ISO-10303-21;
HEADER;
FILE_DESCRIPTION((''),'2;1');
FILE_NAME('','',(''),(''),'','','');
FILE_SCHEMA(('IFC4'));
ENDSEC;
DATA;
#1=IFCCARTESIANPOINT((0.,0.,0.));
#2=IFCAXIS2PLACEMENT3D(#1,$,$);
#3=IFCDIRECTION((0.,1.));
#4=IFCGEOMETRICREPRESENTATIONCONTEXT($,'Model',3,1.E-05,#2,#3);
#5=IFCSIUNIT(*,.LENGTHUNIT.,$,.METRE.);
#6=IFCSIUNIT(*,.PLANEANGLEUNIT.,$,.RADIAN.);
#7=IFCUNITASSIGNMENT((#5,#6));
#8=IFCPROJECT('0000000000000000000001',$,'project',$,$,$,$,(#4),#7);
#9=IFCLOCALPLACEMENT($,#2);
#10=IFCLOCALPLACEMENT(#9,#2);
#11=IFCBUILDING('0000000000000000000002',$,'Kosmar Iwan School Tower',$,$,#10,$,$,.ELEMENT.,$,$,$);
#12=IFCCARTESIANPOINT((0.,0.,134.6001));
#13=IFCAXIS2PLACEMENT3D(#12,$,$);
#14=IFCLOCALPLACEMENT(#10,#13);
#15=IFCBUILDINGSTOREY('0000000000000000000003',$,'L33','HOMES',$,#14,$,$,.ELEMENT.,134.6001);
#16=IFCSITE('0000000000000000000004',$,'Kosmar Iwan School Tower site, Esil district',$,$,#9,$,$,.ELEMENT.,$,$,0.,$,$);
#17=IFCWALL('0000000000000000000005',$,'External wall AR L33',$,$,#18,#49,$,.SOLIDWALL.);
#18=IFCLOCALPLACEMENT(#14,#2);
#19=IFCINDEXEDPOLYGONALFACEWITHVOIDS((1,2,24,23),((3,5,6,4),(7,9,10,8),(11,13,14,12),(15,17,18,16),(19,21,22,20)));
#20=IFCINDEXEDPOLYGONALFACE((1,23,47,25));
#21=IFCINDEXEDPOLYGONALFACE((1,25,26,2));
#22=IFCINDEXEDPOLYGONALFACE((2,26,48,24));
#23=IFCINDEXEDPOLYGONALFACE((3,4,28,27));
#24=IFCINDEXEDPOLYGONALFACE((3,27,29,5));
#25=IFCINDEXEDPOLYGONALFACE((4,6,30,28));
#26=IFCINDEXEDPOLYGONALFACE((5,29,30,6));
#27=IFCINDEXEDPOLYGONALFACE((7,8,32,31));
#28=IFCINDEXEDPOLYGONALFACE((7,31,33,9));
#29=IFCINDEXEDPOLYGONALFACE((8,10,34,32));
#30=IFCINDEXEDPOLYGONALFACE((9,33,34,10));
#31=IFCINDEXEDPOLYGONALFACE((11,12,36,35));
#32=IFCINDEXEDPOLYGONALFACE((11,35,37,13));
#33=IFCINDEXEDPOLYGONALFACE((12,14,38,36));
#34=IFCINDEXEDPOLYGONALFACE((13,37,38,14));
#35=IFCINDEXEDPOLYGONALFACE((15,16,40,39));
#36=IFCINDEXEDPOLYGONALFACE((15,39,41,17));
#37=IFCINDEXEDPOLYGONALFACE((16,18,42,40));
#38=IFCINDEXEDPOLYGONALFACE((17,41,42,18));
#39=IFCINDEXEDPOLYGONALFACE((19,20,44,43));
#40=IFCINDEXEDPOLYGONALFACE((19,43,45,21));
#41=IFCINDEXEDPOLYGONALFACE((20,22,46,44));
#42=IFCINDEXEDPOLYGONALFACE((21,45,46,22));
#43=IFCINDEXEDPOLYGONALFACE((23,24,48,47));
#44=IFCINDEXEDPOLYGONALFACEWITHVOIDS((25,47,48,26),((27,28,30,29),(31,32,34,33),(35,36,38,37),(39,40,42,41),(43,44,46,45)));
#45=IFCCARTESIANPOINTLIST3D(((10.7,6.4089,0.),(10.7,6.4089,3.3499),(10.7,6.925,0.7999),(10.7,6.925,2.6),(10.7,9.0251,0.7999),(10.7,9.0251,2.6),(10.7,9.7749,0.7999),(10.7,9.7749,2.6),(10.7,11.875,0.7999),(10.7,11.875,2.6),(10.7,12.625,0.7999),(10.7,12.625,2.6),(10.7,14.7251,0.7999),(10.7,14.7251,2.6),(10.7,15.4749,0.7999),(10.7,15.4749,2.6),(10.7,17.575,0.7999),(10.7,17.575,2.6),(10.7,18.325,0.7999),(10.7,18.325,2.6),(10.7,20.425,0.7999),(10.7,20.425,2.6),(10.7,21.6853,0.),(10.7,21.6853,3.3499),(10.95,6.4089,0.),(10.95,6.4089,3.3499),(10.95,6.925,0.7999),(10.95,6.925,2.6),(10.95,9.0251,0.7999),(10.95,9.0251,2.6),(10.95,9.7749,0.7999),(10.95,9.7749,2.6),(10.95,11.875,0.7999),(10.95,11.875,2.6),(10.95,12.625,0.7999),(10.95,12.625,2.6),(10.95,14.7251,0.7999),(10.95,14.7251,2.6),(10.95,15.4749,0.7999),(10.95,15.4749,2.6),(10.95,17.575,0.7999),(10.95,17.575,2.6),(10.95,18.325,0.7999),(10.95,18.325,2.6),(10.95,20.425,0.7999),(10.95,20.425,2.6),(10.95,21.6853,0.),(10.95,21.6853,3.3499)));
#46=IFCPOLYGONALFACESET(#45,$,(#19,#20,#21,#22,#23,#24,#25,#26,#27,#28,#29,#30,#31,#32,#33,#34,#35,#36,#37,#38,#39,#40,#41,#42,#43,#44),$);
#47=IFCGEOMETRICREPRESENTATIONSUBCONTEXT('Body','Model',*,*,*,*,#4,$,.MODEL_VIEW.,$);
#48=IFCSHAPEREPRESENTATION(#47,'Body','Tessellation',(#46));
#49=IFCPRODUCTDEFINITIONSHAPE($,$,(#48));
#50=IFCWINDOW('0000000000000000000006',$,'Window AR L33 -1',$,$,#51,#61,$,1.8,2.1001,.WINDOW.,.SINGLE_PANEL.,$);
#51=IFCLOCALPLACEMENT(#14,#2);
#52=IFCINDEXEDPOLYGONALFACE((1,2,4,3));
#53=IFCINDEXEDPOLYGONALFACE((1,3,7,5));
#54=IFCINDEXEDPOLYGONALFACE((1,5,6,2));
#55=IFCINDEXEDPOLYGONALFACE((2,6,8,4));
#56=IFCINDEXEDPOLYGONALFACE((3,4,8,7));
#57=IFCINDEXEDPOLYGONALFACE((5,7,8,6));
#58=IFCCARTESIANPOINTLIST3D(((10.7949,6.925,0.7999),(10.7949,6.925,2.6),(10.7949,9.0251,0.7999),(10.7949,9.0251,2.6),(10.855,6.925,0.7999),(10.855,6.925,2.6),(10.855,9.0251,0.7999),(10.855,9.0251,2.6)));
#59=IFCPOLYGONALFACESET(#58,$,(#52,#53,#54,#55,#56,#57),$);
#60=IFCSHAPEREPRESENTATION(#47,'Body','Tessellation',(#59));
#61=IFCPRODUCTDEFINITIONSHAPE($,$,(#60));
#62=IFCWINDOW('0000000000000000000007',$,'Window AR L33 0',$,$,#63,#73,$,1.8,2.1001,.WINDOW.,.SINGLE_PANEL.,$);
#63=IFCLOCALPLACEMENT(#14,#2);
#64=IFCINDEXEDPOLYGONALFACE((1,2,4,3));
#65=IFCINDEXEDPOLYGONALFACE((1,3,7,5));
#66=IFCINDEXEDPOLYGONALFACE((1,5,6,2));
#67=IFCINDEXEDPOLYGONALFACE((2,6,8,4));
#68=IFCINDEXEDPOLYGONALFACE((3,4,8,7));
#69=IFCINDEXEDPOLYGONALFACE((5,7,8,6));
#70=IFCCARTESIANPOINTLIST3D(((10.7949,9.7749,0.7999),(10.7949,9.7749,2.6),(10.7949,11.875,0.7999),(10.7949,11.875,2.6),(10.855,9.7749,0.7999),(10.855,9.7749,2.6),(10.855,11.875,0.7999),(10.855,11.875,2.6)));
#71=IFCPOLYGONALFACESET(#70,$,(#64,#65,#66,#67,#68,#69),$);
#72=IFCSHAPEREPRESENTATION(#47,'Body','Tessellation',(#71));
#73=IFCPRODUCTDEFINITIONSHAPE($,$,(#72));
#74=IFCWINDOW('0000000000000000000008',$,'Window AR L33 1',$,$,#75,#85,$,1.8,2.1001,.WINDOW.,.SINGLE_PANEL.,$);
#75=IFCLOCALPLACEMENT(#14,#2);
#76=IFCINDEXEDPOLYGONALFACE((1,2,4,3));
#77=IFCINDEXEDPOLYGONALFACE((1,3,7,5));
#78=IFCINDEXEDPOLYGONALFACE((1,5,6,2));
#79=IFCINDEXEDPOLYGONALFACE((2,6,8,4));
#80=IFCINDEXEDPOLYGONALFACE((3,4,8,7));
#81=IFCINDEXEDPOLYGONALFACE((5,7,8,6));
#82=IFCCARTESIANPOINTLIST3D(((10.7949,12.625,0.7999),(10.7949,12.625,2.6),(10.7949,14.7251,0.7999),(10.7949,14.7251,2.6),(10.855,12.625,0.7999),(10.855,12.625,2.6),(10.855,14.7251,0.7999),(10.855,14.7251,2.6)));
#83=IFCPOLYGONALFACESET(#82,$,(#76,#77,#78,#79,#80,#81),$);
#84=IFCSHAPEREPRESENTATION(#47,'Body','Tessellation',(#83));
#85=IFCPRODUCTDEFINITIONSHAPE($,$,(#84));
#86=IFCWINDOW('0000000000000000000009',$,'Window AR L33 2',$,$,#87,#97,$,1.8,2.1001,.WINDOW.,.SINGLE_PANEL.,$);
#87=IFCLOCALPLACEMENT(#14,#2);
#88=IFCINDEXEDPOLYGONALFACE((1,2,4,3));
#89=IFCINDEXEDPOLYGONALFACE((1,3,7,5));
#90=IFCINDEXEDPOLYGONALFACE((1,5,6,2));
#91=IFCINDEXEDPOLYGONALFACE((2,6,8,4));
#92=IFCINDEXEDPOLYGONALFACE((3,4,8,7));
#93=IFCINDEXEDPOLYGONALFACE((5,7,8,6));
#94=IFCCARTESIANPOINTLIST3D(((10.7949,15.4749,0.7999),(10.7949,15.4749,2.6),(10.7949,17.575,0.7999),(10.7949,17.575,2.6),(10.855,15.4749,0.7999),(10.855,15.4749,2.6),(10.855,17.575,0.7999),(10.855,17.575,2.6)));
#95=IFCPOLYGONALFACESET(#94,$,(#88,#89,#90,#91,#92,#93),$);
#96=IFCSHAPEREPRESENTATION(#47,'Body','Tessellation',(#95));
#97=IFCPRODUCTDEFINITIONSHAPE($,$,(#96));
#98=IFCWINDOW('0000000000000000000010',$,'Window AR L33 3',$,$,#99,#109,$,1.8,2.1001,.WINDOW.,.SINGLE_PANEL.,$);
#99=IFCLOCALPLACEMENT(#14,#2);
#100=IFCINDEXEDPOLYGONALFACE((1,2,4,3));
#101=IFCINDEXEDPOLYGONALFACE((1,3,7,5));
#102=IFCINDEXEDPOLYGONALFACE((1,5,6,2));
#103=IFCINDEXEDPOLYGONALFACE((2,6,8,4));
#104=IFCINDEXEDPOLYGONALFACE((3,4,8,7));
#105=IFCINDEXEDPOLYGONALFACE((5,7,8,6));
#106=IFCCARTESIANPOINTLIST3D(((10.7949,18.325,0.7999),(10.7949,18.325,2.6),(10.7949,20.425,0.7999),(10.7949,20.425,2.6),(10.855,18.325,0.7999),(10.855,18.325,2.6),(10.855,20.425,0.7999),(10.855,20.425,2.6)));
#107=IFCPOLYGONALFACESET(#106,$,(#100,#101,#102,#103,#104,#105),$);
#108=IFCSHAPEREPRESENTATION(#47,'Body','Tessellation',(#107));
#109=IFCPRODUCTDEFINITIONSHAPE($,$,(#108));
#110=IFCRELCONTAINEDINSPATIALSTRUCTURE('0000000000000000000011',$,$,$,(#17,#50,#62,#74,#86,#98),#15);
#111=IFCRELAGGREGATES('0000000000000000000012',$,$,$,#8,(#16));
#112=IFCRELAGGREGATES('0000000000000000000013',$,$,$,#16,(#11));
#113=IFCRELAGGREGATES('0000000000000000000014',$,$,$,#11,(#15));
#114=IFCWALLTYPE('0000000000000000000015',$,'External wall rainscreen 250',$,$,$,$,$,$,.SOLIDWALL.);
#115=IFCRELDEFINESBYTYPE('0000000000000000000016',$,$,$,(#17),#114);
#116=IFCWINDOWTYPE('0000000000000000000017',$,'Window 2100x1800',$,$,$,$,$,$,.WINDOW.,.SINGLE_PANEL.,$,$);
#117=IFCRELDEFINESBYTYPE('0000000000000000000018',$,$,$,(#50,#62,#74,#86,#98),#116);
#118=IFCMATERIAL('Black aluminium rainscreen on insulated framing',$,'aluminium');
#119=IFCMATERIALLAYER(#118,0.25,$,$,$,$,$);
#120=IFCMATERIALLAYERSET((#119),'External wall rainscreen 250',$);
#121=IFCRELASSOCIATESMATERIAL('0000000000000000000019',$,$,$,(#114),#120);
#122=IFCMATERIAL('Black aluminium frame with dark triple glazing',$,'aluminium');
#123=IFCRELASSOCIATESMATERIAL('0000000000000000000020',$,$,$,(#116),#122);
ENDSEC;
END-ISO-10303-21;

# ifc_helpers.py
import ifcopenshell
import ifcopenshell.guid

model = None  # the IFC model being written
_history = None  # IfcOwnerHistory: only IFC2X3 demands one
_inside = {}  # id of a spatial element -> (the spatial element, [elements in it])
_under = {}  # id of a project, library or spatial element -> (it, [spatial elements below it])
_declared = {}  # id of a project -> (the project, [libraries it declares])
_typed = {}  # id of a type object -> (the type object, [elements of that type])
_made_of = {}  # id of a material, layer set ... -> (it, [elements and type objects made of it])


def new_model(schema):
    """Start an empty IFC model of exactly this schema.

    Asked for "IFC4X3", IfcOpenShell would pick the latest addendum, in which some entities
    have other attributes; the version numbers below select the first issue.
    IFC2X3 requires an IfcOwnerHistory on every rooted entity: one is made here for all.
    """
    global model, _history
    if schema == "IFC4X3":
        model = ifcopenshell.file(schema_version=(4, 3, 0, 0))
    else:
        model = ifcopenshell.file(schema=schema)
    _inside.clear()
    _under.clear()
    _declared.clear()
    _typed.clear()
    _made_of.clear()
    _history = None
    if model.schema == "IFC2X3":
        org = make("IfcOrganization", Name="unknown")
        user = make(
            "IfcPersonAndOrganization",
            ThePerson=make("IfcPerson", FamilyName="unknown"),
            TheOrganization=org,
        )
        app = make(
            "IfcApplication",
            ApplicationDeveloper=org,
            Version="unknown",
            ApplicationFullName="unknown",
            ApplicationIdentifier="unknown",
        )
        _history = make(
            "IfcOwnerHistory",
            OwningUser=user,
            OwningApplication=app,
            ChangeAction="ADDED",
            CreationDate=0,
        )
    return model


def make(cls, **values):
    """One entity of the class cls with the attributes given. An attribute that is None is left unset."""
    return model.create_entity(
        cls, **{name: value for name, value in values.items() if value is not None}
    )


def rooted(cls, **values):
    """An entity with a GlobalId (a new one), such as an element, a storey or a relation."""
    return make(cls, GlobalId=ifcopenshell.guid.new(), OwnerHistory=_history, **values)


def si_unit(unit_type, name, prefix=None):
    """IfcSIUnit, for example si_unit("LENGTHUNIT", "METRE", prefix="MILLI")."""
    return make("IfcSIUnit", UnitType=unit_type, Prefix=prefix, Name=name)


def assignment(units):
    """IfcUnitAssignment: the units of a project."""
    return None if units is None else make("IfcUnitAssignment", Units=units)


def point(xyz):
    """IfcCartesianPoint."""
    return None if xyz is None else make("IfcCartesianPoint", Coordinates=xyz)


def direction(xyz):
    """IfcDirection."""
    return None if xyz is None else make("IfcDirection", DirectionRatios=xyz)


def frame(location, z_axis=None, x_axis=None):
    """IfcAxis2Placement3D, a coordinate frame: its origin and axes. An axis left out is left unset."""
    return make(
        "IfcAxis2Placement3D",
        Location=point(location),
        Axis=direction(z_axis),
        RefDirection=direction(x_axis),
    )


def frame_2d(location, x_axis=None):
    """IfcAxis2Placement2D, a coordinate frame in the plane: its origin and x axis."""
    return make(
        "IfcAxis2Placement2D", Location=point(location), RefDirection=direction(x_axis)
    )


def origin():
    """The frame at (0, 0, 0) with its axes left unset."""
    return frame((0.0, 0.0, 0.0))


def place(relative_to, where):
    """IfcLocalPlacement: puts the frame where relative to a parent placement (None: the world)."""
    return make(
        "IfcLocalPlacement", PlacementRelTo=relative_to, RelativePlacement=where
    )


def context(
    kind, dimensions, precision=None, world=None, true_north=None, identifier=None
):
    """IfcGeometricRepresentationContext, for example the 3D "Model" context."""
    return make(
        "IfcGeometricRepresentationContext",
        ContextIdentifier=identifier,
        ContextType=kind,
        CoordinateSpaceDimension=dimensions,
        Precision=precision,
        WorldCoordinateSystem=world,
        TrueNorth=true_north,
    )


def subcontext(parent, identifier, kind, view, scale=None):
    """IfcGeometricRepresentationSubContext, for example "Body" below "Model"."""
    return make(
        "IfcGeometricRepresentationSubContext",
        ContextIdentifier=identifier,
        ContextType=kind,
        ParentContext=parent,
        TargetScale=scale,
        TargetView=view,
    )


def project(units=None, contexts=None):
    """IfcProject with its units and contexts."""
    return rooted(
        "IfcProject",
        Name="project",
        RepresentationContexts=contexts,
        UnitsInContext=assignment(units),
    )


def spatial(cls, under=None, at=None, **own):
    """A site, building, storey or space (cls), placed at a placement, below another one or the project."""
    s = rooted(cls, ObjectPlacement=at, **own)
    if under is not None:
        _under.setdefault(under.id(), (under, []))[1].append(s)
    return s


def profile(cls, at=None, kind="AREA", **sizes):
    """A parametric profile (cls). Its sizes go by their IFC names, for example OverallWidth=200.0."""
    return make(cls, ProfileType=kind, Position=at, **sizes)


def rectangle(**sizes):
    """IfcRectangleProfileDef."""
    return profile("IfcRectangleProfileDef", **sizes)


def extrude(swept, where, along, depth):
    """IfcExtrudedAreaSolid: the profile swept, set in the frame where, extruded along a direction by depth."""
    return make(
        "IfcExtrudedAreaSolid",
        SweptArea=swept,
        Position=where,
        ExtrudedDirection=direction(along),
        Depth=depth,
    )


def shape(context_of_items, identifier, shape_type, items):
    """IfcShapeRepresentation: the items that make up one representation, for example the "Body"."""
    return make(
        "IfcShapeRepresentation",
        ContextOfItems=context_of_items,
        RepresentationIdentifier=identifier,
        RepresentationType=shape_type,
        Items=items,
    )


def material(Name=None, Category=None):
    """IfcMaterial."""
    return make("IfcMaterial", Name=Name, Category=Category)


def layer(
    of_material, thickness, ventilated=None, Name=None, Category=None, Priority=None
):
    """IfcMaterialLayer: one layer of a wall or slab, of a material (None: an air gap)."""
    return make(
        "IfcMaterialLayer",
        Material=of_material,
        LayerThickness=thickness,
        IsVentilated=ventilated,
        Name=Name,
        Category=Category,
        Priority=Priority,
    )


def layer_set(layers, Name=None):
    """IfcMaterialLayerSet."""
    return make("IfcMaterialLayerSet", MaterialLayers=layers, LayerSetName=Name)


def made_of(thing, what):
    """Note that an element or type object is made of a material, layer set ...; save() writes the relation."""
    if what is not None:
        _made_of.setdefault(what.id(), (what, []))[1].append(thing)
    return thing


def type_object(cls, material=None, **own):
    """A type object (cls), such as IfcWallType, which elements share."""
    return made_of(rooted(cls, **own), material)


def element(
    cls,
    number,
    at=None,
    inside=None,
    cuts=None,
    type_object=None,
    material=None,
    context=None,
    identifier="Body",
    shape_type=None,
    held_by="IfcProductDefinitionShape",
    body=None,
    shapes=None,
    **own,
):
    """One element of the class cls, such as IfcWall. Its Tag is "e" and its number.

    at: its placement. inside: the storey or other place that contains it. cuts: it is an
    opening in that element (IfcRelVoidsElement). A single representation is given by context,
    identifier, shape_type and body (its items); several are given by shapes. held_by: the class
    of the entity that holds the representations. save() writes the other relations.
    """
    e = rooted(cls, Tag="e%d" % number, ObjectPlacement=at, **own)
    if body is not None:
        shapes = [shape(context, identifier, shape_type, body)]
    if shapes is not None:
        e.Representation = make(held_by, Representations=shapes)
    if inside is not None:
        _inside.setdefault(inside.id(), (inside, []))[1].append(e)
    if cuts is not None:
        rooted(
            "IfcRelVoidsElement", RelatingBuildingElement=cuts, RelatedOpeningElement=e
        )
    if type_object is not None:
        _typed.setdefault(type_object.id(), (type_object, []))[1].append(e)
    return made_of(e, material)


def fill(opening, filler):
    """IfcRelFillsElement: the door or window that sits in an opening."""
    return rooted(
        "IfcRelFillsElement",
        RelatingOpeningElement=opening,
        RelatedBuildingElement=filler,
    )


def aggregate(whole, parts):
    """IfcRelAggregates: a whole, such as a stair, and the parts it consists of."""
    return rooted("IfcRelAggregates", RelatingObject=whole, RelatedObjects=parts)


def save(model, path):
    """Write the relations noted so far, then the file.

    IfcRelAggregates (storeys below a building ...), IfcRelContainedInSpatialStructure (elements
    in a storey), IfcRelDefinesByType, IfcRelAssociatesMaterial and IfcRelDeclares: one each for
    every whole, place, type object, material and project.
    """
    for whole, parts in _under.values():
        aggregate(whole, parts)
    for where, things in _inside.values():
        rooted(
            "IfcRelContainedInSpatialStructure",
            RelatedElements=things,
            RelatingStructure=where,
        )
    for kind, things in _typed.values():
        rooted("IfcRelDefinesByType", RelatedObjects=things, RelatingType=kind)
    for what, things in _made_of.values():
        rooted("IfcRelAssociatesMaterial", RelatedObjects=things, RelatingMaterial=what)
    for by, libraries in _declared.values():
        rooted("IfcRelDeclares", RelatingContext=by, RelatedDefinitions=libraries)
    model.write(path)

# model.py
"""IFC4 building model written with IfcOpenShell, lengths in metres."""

from ifc_helpers import new_model, si_unit, direction, frame, frame_2d, origin, place, context, subcontext, project, spatial, rectangle, extrude, material, layer, layer_set, type_object, element, fill, save


model = new_model("IFC4")

# Units and contexts
model_context = context("Model", 3, precision=1e-05, world=origin(), true_north=direction((0.0, 1.0)))
body_context = subcontext(model_context, "Body", "Model", "MODEL_VIEW")
ifc_project = project(units=[si_unit("LENGTHUNIT", "METRE"), si_unit("PLANEANGLEUNIT", "RADIAN")], contexts=[model_context])

# Site, building, storey
site_placement = place(None, origin())
site = spatial("IfcSite", under=ifc_project, at=site_placement, Name="Kosmar Iwan School Tower site, Esil district", CompositionType="ELEMENT", RefElevation=0.0)
building_placement = place(site_placement, origin())
building = spatial("IfcBuilding", under=site, at=building_placement, Name="Kosmar Iwan School Tower", CompositionType="ELEMENT")
storey_placement = place(building_placement, frame((0.0, 0.0, 134.6001)))
storey = spatial("IfcBuildingStorey", under=building, at=storey_placement, Name="L33", Description="HOMES", CompositionType="ELEMENT", Elevation=134.6001)

# Wall, openings, windows
ifc_material_1 = material(Name="Black aluminium rainscreen on insulated framing", Category="aluminium")
ifc_layer_1 = layer(ifc_material_1, 0.25)
ifc_layer_set_1 = layer_set([ifc_layer_1], Name="External wall rainscreen 250")
wall_type_1 = type_object("IfcWallType", Name="External wall rainscreen 250", PredefinedType="SOLIDWALL", material=ifc_layer_set_1)
ifc_material_2 = material(Name="Black aluminium frame with dark triple glazing", Category="aluminium")
window_type = type_object("IfcWindowType", Name="Window 2100x1800", PartitioningType="SINGLE_PANEL", PredefinedType="WINDOW", material=ifc_material_2)
wall_1_placement = place(storey_placement, frame((10.825, 6.4089, 0.0), z_axis=(0.0, 0.0, 1.0), x_axis=(0.0, 1.0, 0.0)))
wall_1 = element("IfcWall", 1, at=wall_1_placement, inside=storey, type_object=wall_type_1, Name="External wall AR L33", PredefinedType="SOLIDWALL", context=body_context, shape_type="SweptSolid", body=[
    extrude(rectangle(XDim=15.2764, YDim=0.25, at=frame_2d((7.6382, 0.0))), origin(), (0.0, 0.0, 1.0), 3.3499),
])
opening_1_placement = place(wall_1_placement, frame((0.5161, 0.0, 0.8)))
opening_1 = element("IfcOpeningElement", 2, at=opening_1_placement, cuts=wall_1, PredefinedType="OPENING", context=body_context, shape_type="SweptSolid", body=[
    extrude(rectangle(XDim=2.1001, YDim=1.8, at=frame_2d((1.05, 0.8999))), frame((0.0, 0.137, 0.0), z_axis=(0.0, -1.0, 0.0), x_axis=(1.0, 0.0, 0.0)), (0.0, 0.0, 1.0), 0.2739),
])
opening_2_placement = place(wall_1_placement, frame((3.366, 0.0, 0.8)))
opening_2 = element("IfcOpeningElement", 3, at=opening_2_placement, cuts=wall_1, PredefinedType="OPENING", context=body_context, shape_type="SweptSolid", body=[
    extrude(rectangle(XDim=2.1001, YDim=1.8, at=frame_2d((1.05, 0.8999))), frame((0.0, 0.137, 0.0), z_axis=(0.0, -1.0, 0.0), x_axis=(1.0, 0.0, 0.0)), (0.0, 0.0, 1.0), 0.2739),
])
opening_3_placement = place(wall_1_placement, frame((6.2161, 0.0, 0.8)))
opening_3 = element("IfcOpeningElement", 4, at=opening_3_placement, cuts=wall_1, PredefinedType="OPENING", context=body_context, shape_type="SweptSolid", body=[
    extrude(rectangle(XDim=2.1001, YDim=1.8, at=frame_2d((1.05, 0.8999))), frame((0.0, 0.137, 0.0), z_axis=(0.0, -1.0, 0.0), x_axis=(1.0, 0.0, 0.0)), (0.0, 0.0, 1.0), 0.2739),
])
opening_4_placement = place(wall_1_placement, frame((9.0659, 0.0, 0.8)))
opening_4 = element("IfcOpeningElement", 5, at=opening_4_placement, cuts=wall_1, PredefinedType="OPENING", context=body_context, shape_type="SweptSolid", body=[
    extrude(rectangle(XDim=2.1001, YDim=1.8, at=frame_2d((1.05, 0.8999))), frame((0.0, 0.137, 0.0), z_axis=(0.0, -1.0, 0.0), x_axis=(1.0, 0.0, 0.0)), (0.0, 0.0, 1.0), 0.2739),
])
opening_5_placement = place(wall_1_placement, frame((11.916, 0.0, 0.8)))
opening_5 = element("IfcOpeningElement", 6, at=opening_5_placement, cuts=wall_1, PredefinedType="OPENING", context=body_context, shape_type="SweptSolid", body=[
    extrude(rectangle(XDim=2.1001, YDim=1.8, at=frame_2d((1.05, 0.8999))), frame((0.0, 0.137, 0.0), z_axis=(0.0, -1.0, 0.0), x_axis=(1.0, 0.0, 0.0)), (0.0, 0.0, 1.0), 0.2739),
])
window_1_placement = place(opening_1_placement, origin())
window_1 = element("IfcWindow", 7, at=window_1_placement, inside=storey, type_object=window_type, Name="Window AR L33 -1", OverallHeight=1.8, OverallWidth=2.1001, PartitioningType="SINGLE_PANEL", PredefinedType="WINDOW", context=body_context, shape_type="SweptSolid", body=[
    extrude(rectangle(XDim=2.1001, YDim=1.8, at=frame_2d((1.05, 0.8999))), frame((0.0, 0.03, 0.0), z_axis=(0.0, -1.0, 0.0), x_axis=(1.0, 0.0, 0.0)), (0.0, 0.0, 1.0), 0.0601),
])
fill(opening_1, window_1)
window_2_placement = place(opening_2_placement, origin())
window_2 = element("IfcWindow", 8, at=window_2_placement, inside=storey, type_object=window_type, Name="Window AR L33 0", OverallHeight=1.8, OverallWidth=2.1001, PartitioningType="SINGLE_PANEL", PredefinedType="WINDOW", context=body_context, shape_type="SweptSolid", body=[
    extrude(rectangle(XDim=2.1001, YDim=1.8, at=frame_2d((1.05, 0.8999))), frame((0.0, 0.03, 0.0), z_axis=(0.0, -1.0, 0.0), x_axis=(1.0, 0.0, 0.0)), (0.0, 0.0, 1.0), 0.0601),
])
fill(opening_2, window_2)
window_3_placement = place(opening_3_placement, origin())
window_3 = element("IfcWindow", 9, at=window_3_placement, inside=storey, type_object=window_type, Name="Window AR L33 1", OverallHeight=1.8, OverallWidth=2.1001, PartitioningType="SINGLE_PANEL", PredefinedType="WINDOW", context=body_context, shape_type="SweptSolid", body=[
    extrude(rectangle(XDim=2.1001, YDim=1.8, at=frame_2d((1.05, 0.8999))), frame((0.0, 0.03, 0.0), z_axis=(0.0, -1.0, 0.0), x_axis=(1.0, 0.0, 0.0)), (0.0, 0.0, 1.0), 0.0601),
])
fill(opening_3, window_3)
window_4_placement = place(opening_4_placement, origin())
window_4 = element("IfcWindow", 10, at=window_4_placement, inside=storey, type_object=window_type, Name="Window AR L33 2", OverallHeight=1.8, OverallWidth=2.1001, PartitioningType="SINGLE_PANEL", PredefinedType="WINDOW", context=body_context, shape_type="SweptSolid", body=[
    extrude(rectangle(XDim=2.1001, YDim=1.8, at=frame_2d((1.05, 0.8999))), frame((0.0, 0.03, 0.0), z_axis=(0.0, -1.0, 0.0), x_axis=(1.0, 0.0, 0.0)), (0.0, 0.0, 1.0), 0.0601),
])
fill(opening_4, window_4)
window_5_placement = place(opening_5_placement, origin())
window_5 = element("IfcWindow", 11, at=window_5_placement, inside=storey, type_object=window_type, Name="Window AR L33 3", OverallHeight=1.8, OverallWidth=2.1001, PartitioningType="SINGLE_PANEL", PredefinedType="WINDOW", context=body_context, shape_type="SweptSolid", body=[
    extrude(rectangle(XDim=2.1001, YDim=1.8, at=frame_2d((1.05, 0.8999))), frame((0.0, 0.03, 0.0), z_axis=(0.0, -1.0, 0.0), x_axis=(1.0, 0.0, 0.0)), (0.0, 0.0, 1.0), 0.0601),
])
fill(opening_5, window_5)

save(model, "model.ifc")
